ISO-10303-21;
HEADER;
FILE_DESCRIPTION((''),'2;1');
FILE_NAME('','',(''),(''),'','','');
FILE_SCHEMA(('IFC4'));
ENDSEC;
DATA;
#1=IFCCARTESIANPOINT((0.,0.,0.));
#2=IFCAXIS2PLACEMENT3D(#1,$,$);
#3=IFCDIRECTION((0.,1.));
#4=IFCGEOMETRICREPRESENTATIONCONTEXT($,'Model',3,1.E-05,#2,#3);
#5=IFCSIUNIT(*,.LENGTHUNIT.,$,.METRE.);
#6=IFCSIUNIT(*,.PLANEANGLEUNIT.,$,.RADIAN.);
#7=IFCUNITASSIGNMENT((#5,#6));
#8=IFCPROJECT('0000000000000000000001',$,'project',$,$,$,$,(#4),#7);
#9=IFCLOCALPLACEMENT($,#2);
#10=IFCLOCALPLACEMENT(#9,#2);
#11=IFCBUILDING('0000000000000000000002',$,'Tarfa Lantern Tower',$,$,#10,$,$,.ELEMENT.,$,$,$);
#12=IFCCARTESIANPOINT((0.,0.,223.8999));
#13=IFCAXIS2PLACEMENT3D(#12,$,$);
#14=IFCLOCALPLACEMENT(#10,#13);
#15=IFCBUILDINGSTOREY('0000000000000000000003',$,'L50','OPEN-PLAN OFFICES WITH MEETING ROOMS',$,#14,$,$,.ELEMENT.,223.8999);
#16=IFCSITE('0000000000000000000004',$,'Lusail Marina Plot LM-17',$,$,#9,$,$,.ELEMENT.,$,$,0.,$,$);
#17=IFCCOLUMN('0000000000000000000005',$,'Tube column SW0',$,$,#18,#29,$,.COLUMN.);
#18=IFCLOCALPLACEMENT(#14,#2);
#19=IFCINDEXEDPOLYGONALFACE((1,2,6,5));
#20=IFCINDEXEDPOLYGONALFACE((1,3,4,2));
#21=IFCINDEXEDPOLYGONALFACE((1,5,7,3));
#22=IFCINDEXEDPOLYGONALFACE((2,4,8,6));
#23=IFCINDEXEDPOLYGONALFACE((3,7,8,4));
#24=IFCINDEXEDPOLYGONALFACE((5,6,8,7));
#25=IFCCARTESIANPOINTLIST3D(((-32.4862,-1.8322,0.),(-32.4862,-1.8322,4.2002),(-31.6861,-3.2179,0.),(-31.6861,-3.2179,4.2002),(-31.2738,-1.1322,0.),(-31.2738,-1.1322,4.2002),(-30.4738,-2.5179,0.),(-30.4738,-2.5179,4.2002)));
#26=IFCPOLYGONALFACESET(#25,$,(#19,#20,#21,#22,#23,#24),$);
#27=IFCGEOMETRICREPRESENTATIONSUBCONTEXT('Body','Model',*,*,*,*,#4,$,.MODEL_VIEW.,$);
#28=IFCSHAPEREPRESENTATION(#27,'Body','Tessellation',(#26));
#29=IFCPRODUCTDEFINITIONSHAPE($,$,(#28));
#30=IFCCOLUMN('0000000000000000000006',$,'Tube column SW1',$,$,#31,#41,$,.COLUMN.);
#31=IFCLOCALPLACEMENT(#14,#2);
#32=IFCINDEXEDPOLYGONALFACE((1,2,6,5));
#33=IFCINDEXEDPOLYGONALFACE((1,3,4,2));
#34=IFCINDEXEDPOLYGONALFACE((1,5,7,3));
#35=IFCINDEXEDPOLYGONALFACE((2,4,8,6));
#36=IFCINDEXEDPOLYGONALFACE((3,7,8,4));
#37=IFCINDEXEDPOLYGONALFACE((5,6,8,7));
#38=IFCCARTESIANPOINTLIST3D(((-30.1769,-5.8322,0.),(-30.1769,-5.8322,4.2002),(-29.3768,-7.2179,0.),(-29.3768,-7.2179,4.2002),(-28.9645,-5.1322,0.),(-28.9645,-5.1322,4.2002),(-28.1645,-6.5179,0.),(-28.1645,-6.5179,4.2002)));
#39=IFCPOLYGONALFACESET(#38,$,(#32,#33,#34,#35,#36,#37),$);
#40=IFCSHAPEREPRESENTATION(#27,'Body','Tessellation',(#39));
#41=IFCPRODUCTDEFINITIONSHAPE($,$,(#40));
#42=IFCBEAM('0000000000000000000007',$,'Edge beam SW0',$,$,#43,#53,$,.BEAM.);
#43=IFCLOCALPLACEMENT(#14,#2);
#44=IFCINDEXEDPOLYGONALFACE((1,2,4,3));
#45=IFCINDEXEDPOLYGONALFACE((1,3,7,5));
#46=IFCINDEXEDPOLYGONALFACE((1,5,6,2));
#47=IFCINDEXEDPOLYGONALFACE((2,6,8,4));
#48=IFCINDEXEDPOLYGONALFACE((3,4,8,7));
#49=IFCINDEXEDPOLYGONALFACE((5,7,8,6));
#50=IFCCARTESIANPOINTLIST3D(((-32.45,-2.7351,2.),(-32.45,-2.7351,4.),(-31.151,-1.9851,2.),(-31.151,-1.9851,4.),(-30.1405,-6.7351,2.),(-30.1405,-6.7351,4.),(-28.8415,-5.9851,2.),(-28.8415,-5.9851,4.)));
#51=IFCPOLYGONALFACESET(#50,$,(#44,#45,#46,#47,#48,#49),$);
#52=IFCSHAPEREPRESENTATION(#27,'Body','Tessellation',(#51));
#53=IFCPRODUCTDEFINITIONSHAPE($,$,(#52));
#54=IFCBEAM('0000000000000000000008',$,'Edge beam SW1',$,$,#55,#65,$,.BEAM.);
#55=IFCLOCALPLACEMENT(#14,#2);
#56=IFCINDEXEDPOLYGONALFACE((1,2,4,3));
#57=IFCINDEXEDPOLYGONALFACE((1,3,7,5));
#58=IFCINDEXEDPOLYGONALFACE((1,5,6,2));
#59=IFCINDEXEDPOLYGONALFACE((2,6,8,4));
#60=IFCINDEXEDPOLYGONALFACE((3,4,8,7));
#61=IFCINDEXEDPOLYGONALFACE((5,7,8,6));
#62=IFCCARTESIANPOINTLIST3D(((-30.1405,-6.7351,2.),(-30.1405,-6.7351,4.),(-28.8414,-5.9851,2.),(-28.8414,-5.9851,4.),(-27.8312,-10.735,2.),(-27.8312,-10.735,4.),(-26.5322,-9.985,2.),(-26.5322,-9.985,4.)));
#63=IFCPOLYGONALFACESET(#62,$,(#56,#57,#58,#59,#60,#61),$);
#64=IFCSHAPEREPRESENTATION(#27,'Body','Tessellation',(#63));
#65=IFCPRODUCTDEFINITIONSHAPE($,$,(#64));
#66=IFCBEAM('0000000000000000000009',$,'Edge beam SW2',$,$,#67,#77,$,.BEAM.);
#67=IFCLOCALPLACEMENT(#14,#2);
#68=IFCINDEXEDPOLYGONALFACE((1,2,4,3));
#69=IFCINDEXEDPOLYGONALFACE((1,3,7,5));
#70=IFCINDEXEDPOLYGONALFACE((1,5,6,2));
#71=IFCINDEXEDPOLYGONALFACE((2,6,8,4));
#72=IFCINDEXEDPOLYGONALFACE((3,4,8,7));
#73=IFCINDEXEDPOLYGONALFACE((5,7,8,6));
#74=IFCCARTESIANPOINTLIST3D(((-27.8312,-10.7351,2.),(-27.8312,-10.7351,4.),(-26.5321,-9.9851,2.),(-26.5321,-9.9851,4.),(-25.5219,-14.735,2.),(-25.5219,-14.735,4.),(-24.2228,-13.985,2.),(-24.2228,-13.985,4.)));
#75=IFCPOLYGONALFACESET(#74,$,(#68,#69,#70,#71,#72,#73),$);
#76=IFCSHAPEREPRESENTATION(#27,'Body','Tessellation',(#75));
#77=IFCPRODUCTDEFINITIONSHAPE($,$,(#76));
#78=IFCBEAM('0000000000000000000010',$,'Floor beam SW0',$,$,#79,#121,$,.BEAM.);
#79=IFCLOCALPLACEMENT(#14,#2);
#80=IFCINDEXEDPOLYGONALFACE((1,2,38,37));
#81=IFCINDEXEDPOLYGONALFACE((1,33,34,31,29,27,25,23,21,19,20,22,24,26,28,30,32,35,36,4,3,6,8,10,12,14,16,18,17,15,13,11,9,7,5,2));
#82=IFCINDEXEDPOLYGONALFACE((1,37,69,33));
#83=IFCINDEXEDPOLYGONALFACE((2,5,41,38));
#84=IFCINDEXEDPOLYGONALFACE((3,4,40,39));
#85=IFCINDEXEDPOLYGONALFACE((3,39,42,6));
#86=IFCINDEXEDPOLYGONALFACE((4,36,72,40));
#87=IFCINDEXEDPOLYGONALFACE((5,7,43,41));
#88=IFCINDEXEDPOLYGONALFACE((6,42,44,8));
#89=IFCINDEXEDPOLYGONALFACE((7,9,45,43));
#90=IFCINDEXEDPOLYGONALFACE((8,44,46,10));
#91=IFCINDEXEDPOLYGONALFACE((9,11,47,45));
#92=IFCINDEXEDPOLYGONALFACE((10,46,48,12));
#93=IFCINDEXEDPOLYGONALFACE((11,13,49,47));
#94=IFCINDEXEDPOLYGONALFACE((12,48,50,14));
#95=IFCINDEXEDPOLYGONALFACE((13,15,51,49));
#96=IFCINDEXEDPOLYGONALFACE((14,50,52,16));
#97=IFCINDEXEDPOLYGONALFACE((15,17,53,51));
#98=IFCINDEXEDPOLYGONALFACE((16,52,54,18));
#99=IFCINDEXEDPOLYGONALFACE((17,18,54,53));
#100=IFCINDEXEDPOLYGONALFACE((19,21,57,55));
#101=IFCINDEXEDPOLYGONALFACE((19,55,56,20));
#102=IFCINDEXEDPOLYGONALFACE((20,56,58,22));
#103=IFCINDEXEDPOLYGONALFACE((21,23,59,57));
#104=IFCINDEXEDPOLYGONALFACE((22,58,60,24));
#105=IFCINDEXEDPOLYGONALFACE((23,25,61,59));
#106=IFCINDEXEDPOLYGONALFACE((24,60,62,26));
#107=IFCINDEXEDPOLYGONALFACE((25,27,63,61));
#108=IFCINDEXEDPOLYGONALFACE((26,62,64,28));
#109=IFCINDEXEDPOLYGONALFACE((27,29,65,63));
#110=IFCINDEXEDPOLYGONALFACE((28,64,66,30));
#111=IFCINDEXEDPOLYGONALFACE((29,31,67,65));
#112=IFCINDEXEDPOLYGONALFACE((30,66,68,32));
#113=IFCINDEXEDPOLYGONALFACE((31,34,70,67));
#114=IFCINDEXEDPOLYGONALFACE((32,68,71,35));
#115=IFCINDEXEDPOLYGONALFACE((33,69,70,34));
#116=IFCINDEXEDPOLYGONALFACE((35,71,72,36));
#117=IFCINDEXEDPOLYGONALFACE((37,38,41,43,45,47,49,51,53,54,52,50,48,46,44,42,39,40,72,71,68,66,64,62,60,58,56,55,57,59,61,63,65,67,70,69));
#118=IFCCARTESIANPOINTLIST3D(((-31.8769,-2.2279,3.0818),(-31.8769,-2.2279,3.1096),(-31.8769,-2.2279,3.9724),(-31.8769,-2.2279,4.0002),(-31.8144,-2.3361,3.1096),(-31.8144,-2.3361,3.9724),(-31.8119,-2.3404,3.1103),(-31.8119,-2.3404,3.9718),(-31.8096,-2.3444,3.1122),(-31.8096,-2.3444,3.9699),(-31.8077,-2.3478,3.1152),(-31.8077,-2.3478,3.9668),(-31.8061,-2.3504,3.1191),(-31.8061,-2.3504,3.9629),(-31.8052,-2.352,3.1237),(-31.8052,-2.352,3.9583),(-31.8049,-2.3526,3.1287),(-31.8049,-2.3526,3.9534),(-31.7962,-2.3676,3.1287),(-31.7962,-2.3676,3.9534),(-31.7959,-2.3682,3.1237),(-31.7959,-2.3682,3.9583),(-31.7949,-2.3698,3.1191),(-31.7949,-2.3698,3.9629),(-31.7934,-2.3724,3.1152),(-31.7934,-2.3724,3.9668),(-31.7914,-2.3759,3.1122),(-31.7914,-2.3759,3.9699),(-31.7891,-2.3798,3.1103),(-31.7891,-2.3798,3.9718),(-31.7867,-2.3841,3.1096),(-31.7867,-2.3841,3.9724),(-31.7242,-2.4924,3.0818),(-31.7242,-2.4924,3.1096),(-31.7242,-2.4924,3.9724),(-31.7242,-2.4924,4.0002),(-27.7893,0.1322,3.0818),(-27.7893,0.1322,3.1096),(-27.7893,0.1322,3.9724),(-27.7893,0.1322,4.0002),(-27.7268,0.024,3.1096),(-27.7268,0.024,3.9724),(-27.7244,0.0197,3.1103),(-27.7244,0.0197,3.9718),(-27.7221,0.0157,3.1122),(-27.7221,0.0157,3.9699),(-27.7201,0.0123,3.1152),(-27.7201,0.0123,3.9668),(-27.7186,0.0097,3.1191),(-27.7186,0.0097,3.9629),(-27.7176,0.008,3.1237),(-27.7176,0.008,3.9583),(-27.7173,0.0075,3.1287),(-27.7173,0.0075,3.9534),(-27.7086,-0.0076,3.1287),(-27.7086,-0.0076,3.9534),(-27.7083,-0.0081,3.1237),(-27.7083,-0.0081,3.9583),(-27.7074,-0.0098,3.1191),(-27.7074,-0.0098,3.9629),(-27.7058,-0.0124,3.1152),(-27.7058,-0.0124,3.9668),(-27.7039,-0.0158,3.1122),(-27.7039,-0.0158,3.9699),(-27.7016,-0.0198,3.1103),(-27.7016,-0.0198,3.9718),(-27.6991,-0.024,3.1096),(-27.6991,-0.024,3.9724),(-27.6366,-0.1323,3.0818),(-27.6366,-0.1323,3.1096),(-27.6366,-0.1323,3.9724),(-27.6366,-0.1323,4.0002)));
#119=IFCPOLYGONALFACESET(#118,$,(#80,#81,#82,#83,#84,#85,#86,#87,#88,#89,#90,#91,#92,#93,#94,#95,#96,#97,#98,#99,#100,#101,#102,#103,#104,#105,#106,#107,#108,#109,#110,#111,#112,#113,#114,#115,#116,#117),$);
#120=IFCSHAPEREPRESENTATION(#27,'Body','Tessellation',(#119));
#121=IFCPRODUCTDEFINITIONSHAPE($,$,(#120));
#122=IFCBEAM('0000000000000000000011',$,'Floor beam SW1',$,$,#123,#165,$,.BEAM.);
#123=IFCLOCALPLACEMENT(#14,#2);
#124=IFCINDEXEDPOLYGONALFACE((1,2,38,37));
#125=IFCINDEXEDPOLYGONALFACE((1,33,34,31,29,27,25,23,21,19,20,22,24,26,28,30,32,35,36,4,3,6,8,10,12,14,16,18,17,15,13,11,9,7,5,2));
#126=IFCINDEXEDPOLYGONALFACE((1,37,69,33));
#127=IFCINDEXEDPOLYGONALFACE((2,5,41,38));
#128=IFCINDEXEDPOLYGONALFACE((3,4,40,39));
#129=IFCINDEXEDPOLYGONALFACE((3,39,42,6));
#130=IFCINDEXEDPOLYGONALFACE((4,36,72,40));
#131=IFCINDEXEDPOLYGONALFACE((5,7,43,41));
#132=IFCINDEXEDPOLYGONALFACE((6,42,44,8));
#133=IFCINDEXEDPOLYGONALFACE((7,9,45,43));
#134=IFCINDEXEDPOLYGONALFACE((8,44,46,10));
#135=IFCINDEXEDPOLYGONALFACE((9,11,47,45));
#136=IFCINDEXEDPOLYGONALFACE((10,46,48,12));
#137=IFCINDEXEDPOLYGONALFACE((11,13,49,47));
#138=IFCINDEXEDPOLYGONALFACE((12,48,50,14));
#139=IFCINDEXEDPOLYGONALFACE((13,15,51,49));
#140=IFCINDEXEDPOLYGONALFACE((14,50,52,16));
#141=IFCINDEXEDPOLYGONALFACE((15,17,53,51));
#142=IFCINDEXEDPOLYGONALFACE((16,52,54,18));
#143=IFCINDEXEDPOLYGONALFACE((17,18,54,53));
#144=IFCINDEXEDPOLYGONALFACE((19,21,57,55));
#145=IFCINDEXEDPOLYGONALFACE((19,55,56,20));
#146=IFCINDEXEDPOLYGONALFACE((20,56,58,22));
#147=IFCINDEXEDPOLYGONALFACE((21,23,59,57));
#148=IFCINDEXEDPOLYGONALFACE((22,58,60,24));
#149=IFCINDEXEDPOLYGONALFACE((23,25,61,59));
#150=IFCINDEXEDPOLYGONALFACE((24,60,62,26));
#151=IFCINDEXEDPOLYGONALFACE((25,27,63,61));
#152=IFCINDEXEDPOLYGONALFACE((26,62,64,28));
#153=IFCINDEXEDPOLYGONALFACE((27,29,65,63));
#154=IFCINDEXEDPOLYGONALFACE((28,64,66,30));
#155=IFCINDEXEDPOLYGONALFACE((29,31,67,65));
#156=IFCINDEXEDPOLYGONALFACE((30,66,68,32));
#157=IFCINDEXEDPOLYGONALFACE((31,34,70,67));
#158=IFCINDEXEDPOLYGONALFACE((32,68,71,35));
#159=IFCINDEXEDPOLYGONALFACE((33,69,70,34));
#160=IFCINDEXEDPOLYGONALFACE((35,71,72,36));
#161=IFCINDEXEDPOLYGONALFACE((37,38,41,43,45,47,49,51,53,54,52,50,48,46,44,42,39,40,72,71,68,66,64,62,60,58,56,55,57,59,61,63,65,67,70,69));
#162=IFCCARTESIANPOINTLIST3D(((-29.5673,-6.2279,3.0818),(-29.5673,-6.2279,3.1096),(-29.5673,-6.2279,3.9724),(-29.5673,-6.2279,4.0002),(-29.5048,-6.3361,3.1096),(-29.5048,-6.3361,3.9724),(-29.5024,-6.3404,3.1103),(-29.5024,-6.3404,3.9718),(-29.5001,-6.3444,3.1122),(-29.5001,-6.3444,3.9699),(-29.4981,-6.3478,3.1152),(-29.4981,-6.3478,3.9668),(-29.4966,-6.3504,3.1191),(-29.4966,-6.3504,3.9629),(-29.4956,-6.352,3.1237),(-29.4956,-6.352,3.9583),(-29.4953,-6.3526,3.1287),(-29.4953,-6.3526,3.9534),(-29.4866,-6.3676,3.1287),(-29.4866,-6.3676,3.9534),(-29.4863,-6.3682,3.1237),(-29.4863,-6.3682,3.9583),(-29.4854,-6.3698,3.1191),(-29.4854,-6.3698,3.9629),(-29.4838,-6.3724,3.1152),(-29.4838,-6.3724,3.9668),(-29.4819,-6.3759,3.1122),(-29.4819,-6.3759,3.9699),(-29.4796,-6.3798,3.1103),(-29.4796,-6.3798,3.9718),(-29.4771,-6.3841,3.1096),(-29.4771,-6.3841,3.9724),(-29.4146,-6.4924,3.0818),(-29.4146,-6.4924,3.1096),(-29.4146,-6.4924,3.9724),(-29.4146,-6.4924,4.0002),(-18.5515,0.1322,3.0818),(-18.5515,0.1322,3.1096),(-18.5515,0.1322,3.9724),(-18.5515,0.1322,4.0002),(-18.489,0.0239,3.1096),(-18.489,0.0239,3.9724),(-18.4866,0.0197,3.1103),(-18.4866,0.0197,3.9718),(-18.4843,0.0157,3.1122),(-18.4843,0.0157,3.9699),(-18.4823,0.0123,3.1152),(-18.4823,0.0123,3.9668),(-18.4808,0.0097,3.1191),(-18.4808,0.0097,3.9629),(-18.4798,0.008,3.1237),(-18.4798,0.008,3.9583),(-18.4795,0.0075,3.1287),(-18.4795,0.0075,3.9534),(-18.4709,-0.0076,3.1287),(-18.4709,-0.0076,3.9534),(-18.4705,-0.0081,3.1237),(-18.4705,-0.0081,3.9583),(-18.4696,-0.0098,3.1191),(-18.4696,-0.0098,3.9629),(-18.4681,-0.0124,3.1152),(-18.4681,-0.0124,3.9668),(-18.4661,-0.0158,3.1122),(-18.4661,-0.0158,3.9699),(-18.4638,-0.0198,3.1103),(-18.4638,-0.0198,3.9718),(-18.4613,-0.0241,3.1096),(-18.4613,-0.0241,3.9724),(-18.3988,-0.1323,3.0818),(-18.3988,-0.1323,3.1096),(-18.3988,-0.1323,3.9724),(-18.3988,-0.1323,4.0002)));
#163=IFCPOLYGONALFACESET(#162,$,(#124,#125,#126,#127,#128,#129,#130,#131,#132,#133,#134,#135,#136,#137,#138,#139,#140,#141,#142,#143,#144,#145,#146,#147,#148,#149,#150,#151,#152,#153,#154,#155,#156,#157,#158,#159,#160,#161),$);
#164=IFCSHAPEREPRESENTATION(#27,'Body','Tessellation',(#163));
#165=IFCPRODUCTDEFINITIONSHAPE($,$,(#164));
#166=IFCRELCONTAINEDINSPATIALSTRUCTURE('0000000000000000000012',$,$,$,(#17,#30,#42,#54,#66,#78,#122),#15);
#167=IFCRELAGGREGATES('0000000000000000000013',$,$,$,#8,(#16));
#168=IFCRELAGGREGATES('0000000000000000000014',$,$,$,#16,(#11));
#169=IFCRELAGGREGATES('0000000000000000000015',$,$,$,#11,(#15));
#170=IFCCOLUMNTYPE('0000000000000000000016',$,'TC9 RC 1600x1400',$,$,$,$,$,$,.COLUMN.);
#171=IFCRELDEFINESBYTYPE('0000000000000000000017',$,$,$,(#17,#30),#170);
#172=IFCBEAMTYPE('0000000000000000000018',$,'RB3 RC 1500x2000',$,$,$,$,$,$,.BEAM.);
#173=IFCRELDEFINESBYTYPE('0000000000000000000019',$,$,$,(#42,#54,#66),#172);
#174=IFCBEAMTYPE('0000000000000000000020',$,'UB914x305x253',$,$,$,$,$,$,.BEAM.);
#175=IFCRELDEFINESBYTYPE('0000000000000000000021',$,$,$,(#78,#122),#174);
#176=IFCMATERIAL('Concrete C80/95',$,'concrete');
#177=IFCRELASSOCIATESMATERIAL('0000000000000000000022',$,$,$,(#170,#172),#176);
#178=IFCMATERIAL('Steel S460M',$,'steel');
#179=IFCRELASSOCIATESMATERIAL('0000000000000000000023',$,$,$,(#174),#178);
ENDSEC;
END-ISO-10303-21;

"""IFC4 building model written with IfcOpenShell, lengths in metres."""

from ifc_helpers import new_model, si_unit, direction, frame, origin, origin_2d, place, context, subcontext, project, spatial, rectangle, i_section, extrude, material, material_profile, profile_set, type_object, element, save


model = new_model("IFC4")

# Units and contexts
model_context = context("Model", 3, precision=1e-05, world=origin(), true_north=direction((0.0, 1.0)))
body_context = subcontext(model_context, "Body", "Model", "MODEL_VIEW")
ifc_project = project(units=[si_unit("LENGTHUNIT", "METRE"), si_unit("PLANEANGLEUNIT", "RADIAN")], contexts=[model_context])

# Site, building, storey
site_placement = place(None, origin())
site = spatial("IfcSite", under=ifc_project, at=site_placement, Name="Lusail Marina Plot LM-17", CompositionType="ELEMENT", RefElevation=0.0)
building_placement = place(site_placement, origin())
building = spatial("IfcBuilding", under=site, at=building_placement, Name="Tarfa Lantern Tower", CompositionType="ELEMENT")
storey_placement = place(building_placement, frame((0.0, 0.0, 223.8999)))
storey = spatial("IfcBuildingStorey", under=building, at=storey_placement, Name="L50", Description="OPEN-PLAN OFFICES WITH MEETING ROOMS", CompositionType="ELEMENT", Elevation=223.8999)

# Columns
ifc_material_1 = material(Name="Concrete C80/95", Category="concrete")
ifc_material_profile_1 = material_profile(ifc_material_1, rectangle(XDim=1.6001, YDim=1.3999, at=origin_2d()), Name="RC 1600x1400")
ifc_profile_set_1 = profile_set([ifc_material_profile_1], Name="Concrete C80/95")
column_type = type_object("IfcColumnType", Name="TC9 RC 1600x1400", PredefinedType="COLUMN", material=ifc_profile_set_1)
for number, where, z_axis, x_axis, name in (
    (1, (-31.48, -2.175, 0.0), (0.0, 0.0, 1.0), (0.5, -0.866025, 0.0), "Tube column SW0"),
    (2, (-29.1707, -6.175, 0.0), (0.0, 0.0, 1.0), (0.5, -0.866025, 0.0), "Tube column SW1"),
):
    element("IfcColumn", number, at=place(storey_placement, frame(where, z_axis=z_axis, x_axis=x_axis)), inside=storey, type_object=column_type, Name=name, PredefinedType="COLUMN", context=body_context, shape_type="SweptSolid", body=[
        extrude(rectangle(XDim=1.6001, YDim=1.3999, at=origin_2d()), origin(), (0.0, 0.0, 1.0), 4.2002),
    ])

# Beams
ifc_material_profile_2 = material_profile(ifc_material_1, rectangle(XDim=1.5, YDim=2.0, at=origin_2d()), Name="RC 1500x2000")
ifc_profile_set_2 = profile_set([ifc_material_profile_2], Name="Concrete C80/95")
beam_type_1 = type_object("IfcBeamType", Name="RB3 RC 1500x2000", PredefinedType="BEAM", material=ifc_profile_set_2)
beam_1_placement = place(storey_placement, frame((-31.8005, -2.3601, 3.0), z_axis=(0.500027, -0.86601, 0.0), x_axis=(0.86601, 0.500027, 0.0)))
element("IfcBeam", 3, at=beam_1_placement, inside=storey, type_object=beam_type_1, Name="Edge beam SW0", PredefinedType="BEAM", context=body_context, shape_type="SweptSolid", body=[
    extrude(rectangle(XDim=1.5, YDim=2.0, at=origin_2d()), origin(), (0.0, 0.0, 1.0), 4.6189),
])
for number, where, z_axis, x_axis, name in (
    (4, (-29.491, -6.3601, 3.0), (0.499988, -0.866032, 0.0), (0.866032, 0.499988, 0.0), "Edge beam SW1"),
    (5, (-27.1816, -10.3601, 3.0), (0.499988, -0.866032, 0.0), (0.866032, 0.499988, 0.0), "Edge beam SW2"),
):
    element("IfcBeam", number, at=place(storey_placement, frame(where, z_axis=z_axis, x_axis=x_axis)), inside=storey, type_object=beam_type_1, Name=name, PredefinedType="BEAM", context=body_context, shape_type="SweptSolid", body=[
        extrude(rectangle(XDim=1.5, YDim=2.0, at=origin_2d()), origin(), (0.0, 0.0, 1.0), 4.6187),
    ])
ifc_material_2 = material(Name="Steel S460M", Category="steel")
ifc_material_profile_3 = material_profile(ifc_material_2, i_section(OverallWidth=0.3054, OverallDepth=0.9185, WebThickness=0.0173, FlangeThickness=0.0278, FilletRadius=0.019, at=origin_2d()), Name="UB914x305x253")
ifc_profile_set_3 = profile_set([ifc_material_profile_3], Name="Steel S460M")
beam_type_2 = type_object("IfcBeamType", Name="UB914x305x253", PredefinedType="BEAM", material=ifc_profile_set_3)
beam_2_placement = place(storey_placement, frame((-31.8005, -2.3601, 3.541), z_axis=(0.866016, 0.500016, 0.0), x_axis=(-0.500016, 0.866016, 0.0)))
element("IfcBeam", 6, at=beam_2_placement, inside=storey, type_object=beam_type_2, Name="Floor beam SW0", PredefinedType="BEAM", context=body_context, shape_type="SweptSolid", body=[
    extrude(i_section(OverallWidth=0.3054, OverallDepth=0.9185, WebThickness=0.0173, FlangeThickness=0.0278, FilletRadius=0.019, at=origin_2d()), origin(), (0.0, 0.0, 1.0), 4.72),
])
beam_3_placement = place(storey_placement, frame((-29.491, -6.3601, 3.541), z_axis=(0.866022, 0.500005, 0.0), x_axis=(-0.500005, 0.866022, 0.0)))
element("IfcBeam", 7, at=beam_3_placement, inside=storey, type_object=beam_type_2, Name="Floor beam SW1", PredefinedType="BEAM", context=body_context, shape_type="SweptSolid", body=[
    extrude(i_section(OverallWidth=0.3054, OverallDepth=0.9185, WebThickness=0.0173, FlangeThickness=0.0278, FilletRadius=0.019, at=origin_2d()), origin(), (0.0, 0.0, 1.0), 12.72),
])

save(model, "model.ifc")
